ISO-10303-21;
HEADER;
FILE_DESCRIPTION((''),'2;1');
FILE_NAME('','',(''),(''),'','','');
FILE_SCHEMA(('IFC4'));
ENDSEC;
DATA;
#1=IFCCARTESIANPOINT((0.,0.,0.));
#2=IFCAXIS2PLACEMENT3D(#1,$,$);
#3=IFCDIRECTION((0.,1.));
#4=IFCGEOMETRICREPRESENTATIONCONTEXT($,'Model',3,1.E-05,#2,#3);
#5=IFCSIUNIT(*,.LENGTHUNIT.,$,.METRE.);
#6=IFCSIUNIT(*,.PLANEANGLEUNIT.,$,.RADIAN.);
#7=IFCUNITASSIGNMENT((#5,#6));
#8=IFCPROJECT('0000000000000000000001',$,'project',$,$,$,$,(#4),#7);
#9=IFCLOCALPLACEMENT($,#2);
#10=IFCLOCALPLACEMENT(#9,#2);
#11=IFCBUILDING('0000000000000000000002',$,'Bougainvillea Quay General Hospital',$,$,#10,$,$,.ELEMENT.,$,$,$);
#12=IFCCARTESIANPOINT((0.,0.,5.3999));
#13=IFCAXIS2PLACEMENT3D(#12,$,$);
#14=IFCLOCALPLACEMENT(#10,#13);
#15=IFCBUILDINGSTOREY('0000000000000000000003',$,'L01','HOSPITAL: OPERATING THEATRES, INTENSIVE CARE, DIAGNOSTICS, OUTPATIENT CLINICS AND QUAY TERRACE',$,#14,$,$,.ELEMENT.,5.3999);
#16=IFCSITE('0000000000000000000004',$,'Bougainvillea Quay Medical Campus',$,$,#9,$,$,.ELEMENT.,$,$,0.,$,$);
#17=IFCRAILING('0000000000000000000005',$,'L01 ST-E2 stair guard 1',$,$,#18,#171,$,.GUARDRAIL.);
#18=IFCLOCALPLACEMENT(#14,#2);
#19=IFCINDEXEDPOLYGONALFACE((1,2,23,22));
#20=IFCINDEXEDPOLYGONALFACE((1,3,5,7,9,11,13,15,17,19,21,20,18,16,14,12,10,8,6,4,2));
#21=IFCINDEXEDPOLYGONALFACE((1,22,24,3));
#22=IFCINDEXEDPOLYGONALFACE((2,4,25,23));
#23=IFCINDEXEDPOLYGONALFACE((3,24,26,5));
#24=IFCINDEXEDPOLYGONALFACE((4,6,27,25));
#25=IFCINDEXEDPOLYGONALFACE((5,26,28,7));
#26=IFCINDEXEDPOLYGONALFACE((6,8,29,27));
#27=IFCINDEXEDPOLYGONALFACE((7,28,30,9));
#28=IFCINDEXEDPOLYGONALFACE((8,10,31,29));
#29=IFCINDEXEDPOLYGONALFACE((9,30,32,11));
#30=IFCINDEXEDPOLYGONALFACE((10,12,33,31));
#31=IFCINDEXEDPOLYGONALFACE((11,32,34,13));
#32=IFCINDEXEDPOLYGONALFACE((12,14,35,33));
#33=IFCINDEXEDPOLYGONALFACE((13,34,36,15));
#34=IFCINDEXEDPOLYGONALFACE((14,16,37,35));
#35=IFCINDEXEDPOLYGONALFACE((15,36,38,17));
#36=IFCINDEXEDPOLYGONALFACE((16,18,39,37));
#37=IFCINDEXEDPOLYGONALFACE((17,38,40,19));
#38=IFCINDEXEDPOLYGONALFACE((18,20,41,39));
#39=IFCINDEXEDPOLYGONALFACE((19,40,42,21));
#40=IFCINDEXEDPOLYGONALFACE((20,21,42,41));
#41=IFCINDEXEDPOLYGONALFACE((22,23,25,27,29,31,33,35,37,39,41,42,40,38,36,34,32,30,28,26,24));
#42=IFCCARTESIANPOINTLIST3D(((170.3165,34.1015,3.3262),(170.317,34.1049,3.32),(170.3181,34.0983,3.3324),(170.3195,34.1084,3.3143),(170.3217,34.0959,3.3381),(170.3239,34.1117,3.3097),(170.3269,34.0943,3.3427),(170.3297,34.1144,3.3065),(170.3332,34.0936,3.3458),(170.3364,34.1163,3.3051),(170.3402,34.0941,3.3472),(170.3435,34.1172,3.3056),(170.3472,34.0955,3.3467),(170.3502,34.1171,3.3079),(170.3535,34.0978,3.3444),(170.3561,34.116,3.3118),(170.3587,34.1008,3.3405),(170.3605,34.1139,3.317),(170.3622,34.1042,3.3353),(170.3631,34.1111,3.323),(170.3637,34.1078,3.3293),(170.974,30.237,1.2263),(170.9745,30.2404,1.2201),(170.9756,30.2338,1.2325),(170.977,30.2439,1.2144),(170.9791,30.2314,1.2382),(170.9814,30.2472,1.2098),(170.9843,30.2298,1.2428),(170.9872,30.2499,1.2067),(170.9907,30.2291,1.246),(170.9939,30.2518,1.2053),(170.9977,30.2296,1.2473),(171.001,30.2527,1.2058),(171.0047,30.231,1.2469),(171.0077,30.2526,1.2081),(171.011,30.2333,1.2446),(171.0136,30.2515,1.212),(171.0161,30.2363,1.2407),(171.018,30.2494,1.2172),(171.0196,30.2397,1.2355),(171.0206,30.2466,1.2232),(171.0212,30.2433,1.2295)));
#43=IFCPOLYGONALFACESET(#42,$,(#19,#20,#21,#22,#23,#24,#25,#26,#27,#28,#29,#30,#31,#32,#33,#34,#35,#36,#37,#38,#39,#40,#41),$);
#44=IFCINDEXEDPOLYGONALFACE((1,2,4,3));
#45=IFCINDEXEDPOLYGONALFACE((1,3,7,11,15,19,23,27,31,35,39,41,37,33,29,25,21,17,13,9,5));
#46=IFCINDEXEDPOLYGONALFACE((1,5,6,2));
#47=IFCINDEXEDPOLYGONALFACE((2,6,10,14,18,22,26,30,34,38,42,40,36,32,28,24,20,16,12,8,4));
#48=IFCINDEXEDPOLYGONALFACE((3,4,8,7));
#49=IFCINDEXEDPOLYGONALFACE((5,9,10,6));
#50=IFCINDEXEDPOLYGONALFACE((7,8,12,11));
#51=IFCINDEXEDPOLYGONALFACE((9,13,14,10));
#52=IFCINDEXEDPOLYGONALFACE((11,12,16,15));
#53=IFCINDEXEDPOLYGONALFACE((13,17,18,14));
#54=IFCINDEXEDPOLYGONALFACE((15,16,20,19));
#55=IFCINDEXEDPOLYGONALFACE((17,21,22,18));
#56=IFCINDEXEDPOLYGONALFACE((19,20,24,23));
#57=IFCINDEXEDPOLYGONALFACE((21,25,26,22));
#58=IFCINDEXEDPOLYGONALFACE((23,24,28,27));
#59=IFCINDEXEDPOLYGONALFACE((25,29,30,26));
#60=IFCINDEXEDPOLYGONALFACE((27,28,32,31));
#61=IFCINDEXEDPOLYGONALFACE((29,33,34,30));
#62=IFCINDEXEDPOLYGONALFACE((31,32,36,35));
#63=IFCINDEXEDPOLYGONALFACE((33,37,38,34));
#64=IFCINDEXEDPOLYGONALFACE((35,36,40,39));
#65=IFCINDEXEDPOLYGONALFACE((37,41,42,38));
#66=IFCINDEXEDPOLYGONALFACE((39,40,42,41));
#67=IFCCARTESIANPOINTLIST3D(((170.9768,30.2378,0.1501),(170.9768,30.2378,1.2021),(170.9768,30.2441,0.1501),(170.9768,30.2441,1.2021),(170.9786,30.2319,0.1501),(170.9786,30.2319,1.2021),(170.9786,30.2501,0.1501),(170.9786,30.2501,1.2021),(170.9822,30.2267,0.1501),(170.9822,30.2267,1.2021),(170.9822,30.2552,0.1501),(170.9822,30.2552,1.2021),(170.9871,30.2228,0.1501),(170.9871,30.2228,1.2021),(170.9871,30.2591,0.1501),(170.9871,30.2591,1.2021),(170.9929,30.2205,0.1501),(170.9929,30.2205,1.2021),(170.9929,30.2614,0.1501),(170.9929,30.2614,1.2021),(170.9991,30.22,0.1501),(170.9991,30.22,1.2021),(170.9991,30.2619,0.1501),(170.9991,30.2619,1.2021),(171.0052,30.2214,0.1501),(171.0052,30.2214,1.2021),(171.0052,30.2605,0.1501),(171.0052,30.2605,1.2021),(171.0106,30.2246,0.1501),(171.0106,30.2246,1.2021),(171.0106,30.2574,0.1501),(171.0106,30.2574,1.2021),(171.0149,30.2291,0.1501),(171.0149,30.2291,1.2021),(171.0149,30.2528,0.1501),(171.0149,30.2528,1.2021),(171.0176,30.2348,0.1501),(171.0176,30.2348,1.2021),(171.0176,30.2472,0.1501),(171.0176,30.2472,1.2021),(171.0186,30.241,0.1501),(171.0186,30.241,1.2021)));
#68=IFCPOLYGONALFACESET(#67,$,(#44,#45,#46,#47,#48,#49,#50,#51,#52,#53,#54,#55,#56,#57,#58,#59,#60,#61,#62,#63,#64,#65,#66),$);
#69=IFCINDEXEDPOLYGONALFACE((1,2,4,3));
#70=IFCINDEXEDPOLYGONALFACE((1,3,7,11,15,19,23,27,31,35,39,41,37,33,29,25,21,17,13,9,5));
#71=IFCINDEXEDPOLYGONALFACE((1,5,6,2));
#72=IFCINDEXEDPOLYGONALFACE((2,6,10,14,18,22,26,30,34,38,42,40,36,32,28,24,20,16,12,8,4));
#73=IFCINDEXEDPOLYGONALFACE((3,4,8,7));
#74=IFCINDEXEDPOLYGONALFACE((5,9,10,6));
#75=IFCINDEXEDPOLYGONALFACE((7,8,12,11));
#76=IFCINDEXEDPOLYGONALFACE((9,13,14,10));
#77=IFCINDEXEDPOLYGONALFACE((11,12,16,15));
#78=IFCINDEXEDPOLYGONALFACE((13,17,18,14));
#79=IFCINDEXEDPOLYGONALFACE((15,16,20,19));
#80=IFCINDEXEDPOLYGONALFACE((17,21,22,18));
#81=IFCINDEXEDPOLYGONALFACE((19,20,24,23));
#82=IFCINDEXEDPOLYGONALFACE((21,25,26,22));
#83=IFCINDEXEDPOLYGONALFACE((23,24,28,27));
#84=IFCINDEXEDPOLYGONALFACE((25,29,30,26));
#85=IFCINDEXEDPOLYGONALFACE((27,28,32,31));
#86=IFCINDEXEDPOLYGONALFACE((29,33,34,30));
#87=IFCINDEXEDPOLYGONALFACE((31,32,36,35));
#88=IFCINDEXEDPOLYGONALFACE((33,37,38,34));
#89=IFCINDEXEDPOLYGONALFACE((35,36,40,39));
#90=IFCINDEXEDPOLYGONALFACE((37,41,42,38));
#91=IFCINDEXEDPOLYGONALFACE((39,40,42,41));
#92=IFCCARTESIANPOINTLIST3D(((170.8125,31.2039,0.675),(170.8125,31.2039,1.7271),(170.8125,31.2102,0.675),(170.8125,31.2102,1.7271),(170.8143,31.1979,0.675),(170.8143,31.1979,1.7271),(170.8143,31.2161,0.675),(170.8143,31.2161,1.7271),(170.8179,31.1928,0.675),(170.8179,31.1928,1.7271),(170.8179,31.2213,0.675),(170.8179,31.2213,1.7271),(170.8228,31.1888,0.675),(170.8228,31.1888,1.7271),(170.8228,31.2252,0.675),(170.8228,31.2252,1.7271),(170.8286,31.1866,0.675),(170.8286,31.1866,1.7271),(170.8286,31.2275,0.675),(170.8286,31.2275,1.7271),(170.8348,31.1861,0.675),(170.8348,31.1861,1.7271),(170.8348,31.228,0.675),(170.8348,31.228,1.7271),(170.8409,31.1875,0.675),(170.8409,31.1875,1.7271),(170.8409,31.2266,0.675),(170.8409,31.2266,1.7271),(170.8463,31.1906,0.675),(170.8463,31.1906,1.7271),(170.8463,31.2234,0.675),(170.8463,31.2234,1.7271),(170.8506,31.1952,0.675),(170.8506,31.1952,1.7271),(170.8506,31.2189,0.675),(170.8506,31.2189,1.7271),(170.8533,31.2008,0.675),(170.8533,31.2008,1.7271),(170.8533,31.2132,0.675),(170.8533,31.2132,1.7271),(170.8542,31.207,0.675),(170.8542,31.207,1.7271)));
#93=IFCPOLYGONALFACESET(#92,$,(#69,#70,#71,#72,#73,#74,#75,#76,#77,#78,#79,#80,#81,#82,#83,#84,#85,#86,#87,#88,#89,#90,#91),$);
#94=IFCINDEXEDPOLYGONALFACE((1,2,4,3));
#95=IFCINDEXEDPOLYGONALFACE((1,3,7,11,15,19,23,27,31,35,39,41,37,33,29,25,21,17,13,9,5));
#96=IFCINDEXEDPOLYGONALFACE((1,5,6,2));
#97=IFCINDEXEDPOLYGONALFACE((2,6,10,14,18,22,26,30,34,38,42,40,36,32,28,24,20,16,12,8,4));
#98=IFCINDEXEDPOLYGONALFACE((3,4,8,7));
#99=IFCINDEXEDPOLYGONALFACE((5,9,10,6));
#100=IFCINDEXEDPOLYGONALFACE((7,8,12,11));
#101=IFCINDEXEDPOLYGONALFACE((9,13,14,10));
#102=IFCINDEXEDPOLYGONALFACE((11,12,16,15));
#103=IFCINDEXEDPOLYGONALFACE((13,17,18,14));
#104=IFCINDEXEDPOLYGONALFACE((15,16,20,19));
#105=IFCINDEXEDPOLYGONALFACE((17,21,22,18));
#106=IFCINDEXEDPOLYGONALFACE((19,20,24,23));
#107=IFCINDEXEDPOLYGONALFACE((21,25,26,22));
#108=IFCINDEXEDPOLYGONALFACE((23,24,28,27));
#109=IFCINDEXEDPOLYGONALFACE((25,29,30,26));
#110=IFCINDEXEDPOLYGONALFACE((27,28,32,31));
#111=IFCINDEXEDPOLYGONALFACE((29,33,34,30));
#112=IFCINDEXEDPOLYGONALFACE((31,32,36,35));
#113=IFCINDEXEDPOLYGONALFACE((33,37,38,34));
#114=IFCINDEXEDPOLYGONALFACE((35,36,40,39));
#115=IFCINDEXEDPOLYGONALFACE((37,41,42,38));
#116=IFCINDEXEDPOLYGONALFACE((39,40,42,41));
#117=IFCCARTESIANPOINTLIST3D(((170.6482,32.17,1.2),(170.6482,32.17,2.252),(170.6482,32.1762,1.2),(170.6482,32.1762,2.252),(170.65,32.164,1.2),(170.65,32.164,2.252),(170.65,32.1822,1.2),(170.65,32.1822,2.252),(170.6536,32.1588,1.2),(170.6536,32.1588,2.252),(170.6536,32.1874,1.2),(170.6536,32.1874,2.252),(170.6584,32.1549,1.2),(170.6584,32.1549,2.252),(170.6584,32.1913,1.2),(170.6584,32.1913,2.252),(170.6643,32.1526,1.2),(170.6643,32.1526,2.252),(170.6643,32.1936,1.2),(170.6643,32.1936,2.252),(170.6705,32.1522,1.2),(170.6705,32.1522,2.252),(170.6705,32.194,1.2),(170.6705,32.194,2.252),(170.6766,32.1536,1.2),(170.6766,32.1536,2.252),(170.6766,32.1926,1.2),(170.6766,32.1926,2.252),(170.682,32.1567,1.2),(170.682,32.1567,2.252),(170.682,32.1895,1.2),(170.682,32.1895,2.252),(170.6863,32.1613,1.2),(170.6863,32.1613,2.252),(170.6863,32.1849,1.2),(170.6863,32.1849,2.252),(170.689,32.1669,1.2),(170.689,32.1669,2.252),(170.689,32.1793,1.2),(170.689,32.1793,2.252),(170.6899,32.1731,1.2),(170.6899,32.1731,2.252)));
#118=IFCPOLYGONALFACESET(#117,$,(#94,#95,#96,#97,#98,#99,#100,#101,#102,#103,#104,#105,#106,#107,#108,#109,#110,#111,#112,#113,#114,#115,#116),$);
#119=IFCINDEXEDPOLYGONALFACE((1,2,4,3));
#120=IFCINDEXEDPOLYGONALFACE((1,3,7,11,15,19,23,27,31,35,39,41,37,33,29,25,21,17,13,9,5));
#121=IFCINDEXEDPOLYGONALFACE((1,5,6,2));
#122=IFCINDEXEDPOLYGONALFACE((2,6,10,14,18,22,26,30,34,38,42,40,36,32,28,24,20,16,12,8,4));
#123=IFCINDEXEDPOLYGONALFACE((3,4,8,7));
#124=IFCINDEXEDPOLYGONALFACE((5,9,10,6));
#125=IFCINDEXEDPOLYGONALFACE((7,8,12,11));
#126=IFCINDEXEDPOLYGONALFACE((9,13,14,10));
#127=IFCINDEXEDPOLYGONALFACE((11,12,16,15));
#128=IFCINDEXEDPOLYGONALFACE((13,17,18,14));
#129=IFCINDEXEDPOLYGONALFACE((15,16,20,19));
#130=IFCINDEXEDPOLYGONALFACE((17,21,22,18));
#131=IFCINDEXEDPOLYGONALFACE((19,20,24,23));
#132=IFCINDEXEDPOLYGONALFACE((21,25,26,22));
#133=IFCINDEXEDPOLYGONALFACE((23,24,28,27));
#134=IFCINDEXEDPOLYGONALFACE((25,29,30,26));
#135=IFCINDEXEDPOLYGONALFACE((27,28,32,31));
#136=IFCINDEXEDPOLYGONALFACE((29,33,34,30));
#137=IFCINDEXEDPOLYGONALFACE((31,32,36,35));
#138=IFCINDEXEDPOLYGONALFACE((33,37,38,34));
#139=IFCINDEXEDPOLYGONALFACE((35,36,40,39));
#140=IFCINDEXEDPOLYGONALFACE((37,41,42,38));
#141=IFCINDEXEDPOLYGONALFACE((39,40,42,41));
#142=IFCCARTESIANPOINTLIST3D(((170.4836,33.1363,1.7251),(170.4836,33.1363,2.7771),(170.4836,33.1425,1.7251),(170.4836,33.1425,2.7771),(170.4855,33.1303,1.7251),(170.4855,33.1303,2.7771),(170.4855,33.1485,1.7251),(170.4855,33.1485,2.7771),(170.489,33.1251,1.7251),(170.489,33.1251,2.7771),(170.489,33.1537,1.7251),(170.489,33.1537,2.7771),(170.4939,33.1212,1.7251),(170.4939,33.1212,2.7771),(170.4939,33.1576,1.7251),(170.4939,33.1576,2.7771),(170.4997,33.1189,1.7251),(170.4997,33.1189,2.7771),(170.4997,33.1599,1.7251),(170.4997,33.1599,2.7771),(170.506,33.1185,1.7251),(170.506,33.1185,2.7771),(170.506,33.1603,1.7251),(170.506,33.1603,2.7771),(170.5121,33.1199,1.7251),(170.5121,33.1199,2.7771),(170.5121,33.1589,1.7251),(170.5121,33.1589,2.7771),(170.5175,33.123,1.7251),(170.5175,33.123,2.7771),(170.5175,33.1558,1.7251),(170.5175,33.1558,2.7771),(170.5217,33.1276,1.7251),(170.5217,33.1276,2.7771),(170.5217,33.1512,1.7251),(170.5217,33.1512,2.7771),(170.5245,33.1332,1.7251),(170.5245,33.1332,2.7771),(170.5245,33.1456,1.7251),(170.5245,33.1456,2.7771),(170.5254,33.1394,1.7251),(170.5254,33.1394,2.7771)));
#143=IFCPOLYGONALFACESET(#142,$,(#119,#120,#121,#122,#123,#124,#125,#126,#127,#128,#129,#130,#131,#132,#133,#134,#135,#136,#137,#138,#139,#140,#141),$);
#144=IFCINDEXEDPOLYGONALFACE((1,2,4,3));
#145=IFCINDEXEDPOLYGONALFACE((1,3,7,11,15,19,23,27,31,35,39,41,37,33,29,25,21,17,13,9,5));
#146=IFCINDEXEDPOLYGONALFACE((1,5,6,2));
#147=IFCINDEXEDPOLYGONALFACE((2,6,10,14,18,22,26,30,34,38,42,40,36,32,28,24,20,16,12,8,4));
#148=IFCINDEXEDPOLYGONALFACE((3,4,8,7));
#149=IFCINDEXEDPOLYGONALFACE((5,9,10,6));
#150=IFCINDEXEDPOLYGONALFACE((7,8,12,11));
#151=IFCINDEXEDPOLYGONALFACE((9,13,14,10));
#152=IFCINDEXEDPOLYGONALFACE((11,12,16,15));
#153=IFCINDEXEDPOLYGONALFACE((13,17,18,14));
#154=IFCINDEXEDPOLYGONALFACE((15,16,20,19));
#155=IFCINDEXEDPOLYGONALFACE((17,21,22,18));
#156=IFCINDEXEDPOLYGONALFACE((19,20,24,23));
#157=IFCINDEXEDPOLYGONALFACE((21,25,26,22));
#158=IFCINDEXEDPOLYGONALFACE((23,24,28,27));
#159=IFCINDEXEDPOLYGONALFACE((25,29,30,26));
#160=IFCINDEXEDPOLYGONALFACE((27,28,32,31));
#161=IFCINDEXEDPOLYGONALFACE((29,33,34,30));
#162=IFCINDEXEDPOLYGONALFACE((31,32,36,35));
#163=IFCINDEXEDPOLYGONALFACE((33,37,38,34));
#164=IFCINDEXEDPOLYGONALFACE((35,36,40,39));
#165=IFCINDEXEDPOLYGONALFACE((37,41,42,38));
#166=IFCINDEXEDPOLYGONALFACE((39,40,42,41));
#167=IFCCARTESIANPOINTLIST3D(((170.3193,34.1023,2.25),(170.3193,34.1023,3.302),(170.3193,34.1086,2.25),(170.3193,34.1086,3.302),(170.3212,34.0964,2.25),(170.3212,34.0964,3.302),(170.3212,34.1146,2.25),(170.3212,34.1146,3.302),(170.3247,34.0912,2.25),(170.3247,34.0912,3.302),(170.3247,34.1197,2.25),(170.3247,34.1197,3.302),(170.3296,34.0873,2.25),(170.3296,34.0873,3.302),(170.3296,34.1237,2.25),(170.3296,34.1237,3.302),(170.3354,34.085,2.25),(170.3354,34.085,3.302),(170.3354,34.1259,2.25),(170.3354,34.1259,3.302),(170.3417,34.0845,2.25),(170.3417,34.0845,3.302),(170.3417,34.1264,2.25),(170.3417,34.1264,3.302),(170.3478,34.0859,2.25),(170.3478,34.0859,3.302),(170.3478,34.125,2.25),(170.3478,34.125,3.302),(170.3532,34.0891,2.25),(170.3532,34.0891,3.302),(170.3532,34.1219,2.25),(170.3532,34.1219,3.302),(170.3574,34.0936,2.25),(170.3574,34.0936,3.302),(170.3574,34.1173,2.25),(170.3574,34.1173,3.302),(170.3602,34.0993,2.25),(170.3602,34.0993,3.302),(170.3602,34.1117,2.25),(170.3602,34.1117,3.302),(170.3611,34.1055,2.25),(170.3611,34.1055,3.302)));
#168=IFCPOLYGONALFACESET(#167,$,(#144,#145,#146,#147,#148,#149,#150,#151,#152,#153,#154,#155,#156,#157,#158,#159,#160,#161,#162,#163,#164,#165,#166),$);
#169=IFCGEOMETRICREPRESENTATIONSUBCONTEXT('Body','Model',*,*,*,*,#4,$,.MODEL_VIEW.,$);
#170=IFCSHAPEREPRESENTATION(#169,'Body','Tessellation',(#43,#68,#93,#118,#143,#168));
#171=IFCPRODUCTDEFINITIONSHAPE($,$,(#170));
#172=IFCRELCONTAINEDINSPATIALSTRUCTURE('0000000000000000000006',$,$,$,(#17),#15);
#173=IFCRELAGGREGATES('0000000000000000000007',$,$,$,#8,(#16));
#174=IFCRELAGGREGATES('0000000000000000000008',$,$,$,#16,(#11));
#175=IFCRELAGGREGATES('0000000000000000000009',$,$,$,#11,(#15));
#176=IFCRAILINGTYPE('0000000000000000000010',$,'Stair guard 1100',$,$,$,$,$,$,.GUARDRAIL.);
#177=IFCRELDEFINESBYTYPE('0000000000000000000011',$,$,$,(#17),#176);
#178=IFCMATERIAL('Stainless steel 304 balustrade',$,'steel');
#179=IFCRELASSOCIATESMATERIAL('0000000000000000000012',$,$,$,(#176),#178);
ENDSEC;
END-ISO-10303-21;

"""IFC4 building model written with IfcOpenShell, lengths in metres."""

from ifc_helpers import new_model, si_unit, direction, frame, origin, origin_2d, place, context, subcontext, project, spatial, circle, extrude, material, type_object, element, save


model = new_model("IFC4")

# Units and contexts
model_context = context("Model", 3, precision=1e-05, world=origin(), true_north=direction((0.0, 1.0)))
body_context = subcontext(model_context, "Body", "Model", "MODEL_VIEW")
ifc_project = project(units=[si_unit("LENGTHUNIT", "METRE"), si_unit("PLANEANGLEUNIT", "RADIAN")], contexts=[model_context])

# Site, building, storey
site_placement = place(None, origin())
site = spatial("IfcSite", under=ifc_project, at=site_placement, Name="Bougainvillea Quay Medical Campus", CompositionType="ELEMENT", RefElevation=0.0)
building_placement = place(site_placement, origin())
building = spatial("IfcBuilding", under=site, at=building_placement, Name="Bougainvillea Quay General Hospital", CompositionType="ELEMENT")
storey_placement = place(building_placement, frame((0.0, 0.0, 5.3999)))
storey = spatial("IfcBuildingStorey", under=building, at=storey_placement, Name="L01", Description="HOSPITAL: OPERATING THEATRES, INTENSIVE CARE, DIAGNOSTICS, OUTPATIENT CLINICS AND QUAY TERRACE", CompositionType="ELEMENT", Elevation=5.3999)

# Railing
ifc_material_1 = material(Name="Stainless steel 304 balustrade", Category="steel")
railing_type_1 = type_object("IfcRailingType", Name="Stair guard 1100", PredefinedType="GUARDRAIL", material=ifc_material_1)
railing_1_placement = place(storey_placement, frame((170.9976, 30.241, 0.1501)))
element("IfcRailing", 1, at=railing_1_placement, inside=storey, type_object=railing_type_1, Name="L01 ST-E2 stair guard 1", PredefinedType="GUARDRAIL", context=body_context, shape_type="SweptSolid", body=[
    extrude(circle(Radius=0.0239, at=origin_2d()), frame((0.0, 0.0, 1.0762), z_axis=(-0.147845, 0.869008, 0.472193), x_axis=(-0.985835, -0.167721, 0.0)), (0.0, 0.0, 1.0), 4.447),
    extrude(circle(Radius=0.021, at=origin_2d()), origin(), (0.0, 0.0, 1.0), 1.052),
    extrude(circle(Radius=0.021, at=origin_2d()), frame((-0.1643, 0.9661, 0.5249)), (0.0, 0.0, 1.0), 1.052),
    extrude(circle(Radius=0.021, at=origin_2d()), frame((-0.3286, 1.9321, 1.0498)), (0.0, 0.0, 1.0), 1.052),
    extrude(circle(Radius=0.021, at=origin_2d()), frame((-0.4932, 2.8984, 1.575)), (0.0, 0.0, 1.0), 1.052),
    extrude(circle(Radius=0.021, at=origin_2d()), frame((-0.6575, 3.8645, 2.0999)), (0.0, 0.0, 1.0), 1.052),
])

save(model, "model.ifc")
